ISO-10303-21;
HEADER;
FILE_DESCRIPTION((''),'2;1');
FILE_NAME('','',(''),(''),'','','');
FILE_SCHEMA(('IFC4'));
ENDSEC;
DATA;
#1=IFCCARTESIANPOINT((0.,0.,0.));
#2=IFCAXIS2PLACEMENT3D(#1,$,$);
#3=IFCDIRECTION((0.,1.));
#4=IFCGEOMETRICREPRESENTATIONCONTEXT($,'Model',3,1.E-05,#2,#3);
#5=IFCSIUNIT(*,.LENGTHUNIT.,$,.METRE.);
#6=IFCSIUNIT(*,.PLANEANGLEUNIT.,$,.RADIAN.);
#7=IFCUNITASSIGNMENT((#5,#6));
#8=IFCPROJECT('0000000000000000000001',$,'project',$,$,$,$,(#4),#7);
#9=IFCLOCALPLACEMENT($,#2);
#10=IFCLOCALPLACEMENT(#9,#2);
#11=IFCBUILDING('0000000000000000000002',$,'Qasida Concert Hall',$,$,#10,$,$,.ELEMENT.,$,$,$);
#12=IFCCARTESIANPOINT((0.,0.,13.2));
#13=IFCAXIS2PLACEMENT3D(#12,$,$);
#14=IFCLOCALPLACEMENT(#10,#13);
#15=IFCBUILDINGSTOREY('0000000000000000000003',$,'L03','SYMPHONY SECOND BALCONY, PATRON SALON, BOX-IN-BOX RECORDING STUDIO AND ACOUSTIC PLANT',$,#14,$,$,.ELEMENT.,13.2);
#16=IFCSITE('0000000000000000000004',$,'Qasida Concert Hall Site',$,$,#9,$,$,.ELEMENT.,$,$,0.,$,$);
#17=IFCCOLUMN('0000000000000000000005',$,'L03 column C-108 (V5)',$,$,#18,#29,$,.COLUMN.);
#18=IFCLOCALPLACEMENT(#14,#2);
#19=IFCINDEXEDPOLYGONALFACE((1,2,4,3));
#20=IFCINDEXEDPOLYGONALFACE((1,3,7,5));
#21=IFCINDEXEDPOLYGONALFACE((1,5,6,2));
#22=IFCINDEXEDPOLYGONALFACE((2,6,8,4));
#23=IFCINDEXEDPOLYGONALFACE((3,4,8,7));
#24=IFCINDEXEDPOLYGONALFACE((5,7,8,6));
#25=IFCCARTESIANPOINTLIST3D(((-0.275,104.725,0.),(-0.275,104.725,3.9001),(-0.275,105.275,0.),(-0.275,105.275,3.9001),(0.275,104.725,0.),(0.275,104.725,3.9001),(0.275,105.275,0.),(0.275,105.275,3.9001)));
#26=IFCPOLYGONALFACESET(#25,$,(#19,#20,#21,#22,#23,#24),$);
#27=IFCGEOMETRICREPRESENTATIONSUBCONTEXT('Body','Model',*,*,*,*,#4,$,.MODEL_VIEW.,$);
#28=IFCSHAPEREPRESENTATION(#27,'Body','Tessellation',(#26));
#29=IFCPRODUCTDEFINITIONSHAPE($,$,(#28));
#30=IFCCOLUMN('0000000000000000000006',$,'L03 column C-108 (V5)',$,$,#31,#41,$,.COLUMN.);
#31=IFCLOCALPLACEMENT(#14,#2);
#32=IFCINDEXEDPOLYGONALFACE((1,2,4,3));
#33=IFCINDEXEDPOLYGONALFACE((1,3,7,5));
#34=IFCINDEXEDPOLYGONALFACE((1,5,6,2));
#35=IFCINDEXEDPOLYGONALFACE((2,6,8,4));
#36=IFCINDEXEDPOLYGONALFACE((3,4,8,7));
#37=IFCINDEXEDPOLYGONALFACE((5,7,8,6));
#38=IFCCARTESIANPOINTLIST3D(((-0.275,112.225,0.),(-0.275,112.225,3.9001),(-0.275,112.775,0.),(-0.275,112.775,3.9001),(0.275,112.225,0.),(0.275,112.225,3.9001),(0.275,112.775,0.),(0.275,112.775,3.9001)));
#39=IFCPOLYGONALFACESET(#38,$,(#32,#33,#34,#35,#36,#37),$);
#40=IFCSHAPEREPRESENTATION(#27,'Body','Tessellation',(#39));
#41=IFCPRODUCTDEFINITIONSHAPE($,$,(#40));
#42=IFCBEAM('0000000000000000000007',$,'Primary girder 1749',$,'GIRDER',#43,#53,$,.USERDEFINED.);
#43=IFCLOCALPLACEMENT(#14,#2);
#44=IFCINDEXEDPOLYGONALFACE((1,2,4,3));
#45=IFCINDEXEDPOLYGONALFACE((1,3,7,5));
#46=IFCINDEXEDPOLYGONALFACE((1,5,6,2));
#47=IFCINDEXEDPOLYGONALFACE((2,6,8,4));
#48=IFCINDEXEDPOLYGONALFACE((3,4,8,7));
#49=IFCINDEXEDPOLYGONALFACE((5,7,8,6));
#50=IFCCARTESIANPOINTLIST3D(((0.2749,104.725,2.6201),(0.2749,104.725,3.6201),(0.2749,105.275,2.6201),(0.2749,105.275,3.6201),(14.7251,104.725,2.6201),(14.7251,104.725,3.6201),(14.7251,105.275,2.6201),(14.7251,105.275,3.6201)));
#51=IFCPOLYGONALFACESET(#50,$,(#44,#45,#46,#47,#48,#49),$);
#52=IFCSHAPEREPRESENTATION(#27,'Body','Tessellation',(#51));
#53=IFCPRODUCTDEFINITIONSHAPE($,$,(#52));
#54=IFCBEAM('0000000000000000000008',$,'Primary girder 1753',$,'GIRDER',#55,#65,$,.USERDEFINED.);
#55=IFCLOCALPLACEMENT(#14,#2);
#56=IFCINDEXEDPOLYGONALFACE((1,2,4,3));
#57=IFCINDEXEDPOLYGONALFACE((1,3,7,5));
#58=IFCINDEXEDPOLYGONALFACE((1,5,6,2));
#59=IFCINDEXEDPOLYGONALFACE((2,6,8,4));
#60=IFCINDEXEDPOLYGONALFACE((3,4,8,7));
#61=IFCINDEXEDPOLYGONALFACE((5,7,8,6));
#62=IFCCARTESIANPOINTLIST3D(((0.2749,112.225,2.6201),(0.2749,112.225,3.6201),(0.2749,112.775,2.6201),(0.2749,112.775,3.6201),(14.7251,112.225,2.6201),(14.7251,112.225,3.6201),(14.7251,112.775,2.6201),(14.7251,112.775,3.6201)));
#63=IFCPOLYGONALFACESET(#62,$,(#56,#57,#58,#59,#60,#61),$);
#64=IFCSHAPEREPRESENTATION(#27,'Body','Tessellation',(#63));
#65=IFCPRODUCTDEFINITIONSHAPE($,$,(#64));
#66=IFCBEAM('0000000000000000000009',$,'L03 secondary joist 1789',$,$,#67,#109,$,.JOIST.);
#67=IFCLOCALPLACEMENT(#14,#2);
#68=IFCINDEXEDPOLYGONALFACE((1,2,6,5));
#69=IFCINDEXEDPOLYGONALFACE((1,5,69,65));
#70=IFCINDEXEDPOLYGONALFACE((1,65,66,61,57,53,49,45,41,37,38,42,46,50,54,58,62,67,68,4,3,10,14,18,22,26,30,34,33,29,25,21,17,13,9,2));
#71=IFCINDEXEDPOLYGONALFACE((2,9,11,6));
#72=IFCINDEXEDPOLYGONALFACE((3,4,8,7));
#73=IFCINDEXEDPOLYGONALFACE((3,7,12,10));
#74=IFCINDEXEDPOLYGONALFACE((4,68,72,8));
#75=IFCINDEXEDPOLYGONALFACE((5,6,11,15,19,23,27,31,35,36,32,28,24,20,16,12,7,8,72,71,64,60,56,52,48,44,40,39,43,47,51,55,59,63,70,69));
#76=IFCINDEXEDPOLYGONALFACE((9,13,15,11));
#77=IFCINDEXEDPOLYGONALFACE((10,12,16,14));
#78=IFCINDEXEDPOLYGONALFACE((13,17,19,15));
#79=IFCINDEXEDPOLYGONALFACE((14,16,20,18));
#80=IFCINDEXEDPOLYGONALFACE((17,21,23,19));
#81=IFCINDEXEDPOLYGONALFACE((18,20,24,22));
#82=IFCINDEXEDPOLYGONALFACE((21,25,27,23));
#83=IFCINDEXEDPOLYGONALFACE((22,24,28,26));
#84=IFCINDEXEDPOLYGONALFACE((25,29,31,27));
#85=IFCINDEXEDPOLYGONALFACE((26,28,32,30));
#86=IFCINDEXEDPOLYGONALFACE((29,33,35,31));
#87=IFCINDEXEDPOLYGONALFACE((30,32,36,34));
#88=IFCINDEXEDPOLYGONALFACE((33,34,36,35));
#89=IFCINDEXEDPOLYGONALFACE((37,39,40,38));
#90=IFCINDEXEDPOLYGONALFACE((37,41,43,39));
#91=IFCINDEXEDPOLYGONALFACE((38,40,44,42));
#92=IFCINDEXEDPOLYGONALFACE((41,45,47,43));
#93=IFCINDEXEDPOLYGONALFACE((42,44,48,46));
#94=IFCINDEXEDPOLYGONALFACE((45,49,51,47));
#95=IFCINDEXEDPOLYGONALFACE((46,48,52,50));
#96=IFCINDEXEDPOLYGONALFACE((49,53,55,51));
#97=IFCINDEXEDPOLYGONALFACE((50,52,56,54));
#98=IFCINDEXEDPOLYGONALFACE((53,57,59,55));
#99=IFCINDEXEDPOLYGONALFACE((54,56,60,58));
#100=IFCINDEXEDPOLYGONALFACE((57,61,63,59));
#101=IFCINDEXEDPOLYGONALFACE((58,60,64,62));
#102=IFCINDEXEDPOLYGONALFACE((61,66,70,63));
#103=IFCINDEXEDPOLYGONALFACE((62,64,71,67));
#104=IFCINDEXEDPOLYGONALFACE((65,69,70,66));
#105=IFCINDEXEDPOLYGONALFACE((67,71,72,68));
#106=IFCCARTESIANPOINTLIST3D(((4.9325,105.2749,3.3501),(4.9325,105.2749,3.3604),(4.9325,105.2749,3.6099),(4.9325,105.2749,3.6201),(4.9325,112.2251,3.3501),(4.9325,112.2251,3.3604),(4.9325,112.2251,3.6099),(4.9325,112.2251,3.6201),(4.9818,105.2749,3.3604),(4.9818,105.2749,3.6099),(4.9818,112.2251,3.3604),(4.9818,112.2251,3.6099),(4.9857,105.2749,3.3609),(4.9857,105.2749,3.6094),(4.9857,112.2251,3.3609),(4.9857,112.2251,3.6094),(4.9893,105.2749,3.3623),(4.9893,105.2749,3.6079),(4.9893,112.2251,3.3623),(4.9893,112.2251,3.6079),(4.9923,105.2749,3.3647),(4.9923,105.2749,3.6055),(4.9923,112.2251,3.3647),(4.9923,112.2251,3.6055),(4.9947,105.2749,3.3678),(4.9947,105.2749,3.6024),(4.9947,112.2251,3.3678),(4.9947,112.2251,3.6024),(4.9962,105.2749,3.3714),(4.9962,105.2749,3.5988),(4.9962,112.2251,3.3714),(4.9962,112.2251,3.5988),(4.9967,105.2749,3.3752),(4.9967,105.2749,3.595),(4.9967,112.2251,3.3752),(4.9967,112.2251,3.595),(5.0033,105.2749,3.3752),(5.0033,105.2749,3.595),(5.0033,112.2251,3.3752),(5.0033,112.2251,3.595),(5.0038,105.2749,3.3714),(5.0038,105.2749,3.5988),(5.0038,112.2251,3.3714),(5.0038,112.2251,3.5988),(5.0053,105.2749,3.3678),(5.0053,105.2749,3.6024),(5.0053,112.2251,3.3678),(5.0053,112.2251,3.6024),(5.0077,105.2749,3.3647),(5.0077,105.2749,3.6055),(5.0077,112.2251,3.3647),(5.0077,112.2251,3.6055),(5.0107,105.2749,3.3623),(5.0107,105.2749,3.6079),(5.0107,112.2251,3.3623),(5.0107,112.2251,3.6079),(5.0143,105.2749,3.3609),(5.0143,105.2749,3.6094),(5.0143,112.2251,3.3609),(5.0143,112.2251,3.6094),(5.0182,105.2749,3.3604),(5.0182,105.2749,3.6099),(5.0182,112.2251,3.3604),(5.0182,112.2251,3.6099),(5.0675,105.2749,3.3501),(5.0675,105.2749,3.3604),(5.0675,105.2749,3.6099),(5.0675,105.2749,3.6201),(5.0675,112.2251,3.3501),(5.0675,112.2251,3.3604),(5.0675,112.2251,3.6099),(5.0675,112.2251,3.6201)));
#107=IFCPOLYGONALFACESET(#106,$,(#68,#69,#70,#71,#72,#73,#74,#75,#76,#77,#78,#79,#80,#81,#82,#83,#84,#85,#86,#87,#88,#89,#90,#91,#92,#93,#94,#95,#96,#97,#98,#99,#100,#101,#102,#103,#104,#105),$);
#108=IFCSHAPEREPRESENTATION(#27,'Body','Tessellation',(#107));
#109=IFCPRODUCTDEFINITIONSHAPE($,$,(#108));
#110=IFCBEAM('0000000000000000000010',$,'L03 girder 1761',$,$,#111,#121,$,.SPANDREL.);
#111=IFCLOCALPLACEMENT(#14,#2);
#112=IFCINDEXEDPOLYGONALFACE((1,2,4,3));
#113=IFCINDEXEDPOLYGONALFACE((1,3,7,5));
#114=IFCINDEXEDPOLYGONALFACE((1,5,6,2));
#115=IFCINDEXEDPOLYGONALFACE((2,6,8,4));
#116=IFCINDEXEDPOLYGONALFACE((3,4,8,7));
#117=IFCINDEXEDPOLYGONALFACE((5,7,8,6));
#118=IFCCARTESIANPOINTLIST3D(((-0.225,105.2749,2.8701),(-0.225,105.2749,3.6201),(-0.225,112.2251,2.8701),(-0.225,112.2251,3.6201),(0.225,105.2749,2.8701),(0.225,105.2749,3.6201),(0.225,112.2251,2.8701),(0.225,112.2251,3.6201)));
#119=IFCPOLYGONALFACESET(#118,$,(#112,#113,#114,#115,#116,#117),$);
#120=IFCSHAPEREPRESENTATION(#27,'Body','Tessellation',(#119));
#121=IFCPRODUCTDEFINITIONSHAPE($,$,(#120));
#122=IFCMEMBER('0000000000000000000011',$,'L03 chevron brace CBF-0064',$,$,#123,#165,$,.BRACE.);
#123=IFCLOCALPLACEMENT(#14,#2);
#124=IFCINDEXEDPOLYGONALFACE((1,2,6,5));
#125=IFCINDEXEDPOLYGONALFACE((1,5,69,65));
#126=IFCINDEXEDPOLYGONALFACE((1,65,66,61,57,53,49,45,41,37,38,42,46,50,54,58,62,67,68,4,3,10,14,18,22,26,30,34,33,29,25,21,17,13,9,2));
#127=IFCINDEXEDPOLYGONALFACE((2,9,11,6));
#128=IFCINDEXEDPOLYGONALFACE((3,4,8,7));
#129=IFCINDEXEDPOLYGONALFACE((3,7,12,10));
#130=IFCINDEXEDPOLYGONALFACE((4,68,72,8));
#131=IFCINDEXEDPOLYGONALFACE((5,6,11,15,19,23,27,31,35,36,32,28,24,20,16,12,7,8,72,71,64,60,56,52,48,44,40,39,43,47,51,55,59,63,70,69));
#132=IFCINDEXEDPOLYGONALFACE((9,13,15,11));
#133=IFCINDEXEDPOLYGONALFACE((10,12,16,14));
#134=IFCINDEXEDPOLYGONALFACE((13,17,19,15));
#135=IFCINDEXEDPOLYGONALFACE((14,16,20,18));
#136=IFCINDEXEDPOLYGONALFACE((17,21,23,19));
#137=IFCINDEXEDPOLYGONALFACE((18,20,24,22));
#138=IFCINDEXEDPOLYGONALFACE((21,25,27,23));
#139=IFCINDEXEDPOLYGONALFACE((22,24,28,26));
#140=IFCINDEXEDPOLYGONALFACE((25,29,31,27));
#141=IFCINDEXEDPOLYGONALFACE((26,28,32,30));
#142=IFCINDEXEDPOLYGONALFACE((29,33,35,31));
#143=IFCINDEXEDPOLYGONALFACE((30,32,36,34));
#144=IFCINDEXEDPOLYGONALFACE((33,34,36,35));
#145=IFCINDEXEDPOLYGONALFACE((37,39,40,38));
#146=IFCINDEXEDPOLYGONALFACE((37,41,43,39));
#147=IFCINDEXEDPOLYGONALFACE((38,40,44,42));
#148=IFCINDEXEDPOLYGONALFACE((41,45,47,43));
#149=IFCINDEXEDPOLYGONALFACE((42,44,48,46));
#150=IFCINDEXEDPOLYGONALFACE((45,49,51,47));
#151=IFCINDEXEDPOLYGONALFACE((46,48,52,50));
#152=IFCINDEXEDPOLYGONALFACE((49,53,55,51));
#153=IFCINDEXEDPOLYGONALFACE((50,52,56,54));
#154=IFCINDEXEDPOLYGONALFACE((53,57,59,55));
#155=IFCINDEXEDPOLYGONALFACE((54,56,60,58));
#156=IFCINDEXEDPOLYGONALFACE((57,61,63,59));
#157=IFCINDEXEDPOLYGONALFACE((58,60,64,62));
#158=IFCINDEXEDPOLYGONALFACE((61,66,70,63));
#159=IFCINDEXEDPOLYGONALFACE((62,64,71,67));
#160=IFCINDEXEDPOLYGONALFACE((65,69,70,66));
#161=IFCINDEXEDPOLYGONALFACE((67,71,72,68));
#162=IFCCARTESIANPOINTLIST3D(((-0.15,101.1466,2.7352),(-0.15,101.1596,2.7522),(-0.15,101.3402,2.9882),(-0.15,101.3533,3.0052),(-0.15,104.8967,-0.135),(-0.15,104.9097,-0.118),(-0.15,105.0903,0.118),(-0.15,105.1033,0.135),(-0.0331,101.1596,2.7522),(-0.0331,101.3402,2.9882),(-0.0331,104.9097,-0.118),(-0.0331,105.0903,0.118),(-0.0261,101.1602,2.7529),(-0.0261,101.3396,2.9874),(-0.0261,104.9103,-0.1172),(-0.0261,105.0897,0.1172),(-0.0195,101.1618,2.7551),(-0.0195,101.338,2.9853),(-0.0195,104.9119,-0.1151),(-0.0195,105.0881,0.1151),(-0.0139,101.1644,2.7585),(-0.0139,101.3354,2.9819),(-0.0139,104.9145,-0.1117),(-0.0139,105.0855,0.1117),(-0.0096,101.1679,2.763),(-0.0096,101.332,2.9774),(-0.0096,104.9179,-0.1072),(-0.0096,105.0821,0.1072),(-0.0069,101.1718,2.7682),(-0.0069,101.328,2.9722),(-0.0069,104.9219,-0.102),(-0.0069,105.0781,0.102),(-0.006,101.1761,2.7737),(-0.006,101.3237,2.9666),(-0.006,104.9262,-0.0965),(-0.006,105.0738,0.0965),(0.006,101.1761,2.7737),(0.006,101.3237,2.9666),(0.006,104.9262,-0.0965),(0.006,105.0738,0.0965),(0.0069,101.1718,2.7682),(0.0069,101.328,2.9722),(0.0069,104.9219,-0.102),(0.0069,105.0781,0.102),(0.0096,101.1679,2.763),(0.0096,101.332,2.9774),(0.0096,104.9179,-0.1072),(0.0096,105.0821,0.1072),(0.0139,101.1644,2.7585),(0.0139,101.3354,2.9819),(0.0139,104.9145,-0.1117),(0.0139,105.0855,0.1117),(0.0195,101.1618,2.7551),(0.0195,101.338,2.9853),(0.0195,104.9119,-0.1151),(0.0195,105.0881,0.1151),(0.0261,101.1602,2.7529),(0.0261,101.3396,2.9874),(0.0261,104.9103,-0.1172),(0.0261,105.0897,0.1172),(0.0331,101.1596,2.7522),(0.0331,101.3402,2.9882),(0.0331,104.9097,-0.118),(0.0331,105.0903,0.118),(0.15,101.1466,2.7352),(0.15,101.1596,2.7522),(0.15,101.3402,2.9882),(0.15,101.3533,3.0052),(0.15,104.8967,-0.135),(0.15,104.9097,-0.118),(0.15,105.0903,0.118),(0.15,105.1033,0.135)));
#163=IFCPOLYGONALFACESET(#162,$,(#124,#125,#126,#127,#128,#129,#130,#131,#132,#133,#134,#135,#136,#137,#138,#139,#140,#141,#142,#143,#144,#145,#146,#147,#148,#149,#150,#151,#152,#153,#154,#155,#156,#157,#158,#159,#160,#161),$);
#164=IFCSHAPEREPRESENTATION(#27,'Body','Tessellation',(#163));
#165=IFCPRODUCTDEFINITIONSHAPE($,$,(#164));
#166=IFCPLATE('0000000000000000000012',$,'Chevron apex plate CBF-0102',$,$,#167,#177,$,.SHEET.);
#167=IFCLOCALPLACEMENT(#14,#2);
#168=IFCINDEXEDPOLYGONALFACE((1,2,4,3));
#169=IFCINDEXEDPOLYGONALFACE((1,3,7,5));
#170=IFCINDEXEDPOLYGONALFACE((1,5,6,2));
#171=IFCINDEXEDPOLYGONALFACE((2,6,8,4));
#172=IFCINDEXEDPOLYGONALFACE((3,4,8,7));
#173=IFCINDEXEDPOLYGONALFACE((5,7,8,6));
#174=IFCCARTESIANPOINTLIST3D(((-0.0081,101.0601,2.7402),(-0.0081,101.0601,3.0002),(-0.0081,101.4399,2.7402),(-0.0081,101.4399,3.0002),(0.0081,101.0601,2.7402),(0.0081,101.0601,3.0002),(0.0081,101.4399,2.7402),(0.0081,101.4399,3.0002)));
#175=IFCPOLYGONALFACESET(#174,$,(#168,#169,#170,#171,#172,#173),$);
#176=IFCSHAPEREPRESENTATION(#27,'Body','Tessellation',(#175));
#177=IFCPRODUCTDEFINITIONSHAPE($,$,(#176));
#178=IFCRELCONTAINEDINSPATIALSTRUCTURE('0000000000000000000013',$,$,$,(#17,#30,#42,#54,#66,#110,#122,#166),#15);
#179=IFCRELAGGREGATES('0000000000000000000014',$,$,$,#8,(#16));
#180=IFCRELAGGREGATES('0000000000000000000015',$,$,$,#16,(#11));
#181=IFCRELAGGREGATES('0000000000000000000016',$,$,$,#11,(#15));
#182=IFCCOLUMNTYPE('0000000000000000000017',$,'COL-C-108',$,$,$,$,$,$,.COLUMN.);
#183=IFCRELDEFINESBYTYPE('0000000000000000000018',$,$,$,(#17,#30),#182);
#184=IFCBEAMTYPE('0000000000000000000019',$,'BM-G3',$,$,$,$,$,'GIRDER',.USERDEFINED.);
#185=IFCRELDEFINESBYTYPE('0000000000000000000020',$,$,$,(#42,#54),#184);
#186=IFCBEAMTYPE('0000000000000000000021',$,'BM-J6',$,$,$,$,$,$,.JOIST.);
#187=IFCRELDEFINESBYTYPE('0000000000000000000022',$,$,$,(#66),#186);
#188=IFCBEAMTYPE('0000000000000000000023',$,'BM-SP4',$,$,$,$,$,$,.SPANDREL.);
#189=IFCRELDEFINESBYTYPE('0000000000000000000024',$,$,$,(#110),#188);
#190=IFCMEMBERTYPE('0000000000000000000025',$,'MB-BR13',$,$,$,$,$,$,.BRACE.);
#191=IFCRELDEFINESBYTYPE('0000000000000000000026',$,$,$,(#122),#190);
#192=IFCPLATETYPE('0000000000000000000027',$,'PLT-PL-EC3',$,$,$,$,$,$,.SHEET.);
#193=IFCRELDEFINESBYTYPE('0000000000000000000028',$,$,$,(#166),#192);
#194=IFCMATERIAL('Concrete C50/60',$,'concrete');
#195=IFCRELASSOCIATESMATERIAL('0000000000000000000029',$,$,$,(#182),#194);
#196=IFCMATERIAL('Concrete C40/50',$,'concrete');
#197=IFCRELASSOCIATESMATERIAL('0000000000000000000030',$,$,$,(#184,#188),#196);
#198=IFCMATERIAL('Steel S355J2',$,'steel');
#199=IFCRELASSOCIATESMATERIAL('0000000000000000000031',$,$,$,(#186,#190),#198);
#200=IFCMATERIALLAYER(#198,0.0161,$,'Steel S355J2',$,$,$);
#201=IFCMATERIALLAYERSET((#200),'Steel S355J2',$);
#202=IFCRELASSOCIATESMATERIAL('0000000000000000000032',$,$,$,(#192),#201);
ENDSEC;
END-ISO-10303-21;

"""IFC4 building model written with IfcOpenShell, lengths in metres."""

from ifc_helpers import new_model, si_unit, direction, frame, origin, origin_2d, place, context, subcontext, project, spatial, rectangle, i_section, extrude, material, layer, layer_set, material_profile, profile_set, type_object, element, save


model = new_model("IFC4")

# Units and contexts
model_context = context("Model", 3, precision=1e-05, world=origin(), true_north=direction((0.0, 1.0)))
body_context = subcontext(model_context, "Body", "Model", "MODEL_VIEW")
ifc_project = project(units=[si_unit("LENGTHUNIT", "METRE"), si_unit("PLANEANGLEUNIT", "RADIAN")], contexts=[model_context])

# Site, building, storey
site_placement = place(None, origin())
site = spatial("IfcSite", under=ifc_project, at=site_placement, Name="Qasida Concert Hall Site", CompositionType="ELEMENT", RefElevation=0.0)
building_placement = place(site_placement, origin())
building = spatial("IfcBuilding", under=site, at=building_placement, Name="Qasida Concert Hall", CompositionType="ELEMENT")
storey_placement = place(building_placement, frame((0.0, 0.0, 13.2)))
storey = spatial("IfcBuildingStorey", under=building, at=storey_placement, Name="L03", Description="SYMPHONY SECOND BALCONY, PATRON SALON, BOX-IN-BOX RECORDING STUDIO AND ACOUSTIC PLANT", CompositionType="ELEMENT", Elevation=13.2)

# Columns
ifc_material_1 = material(Name="Concrete C50/60", Category="concrete")
ifc_material_profile_1 = material_profile(ifc_material_1, rectangle(XDim=0.55, YDim=0.55, at=origin_2d()), Name="RC 550x550")
ifc_profile_set_1 = profile_set([ifc_material_profile_1], Name="Concrete C50/60")
column_type = type_object("IfcColumnType", Name="COL-C-108", PredefinedType="COLUMN", material=ifc_profile_set_1)
for number, where, z_axis, x_axis, name in (
    (1, (0.0, 105.0, 0.0), (0.0, 0.0, 1.0), (1.0, 0.0, 0.0), "L03 column C-108 (V5)"),
    (2, (0.0, 112.5, 0.0), (0.0, 0.0, 1.0), (1.0, 0.0, 0.0), "L03 column C-108 (V5)"),
):
    element("IfcColumn", number, at=place(storey_placement, frame(where, z_axis=z_axis, x_axis=x_axis)), inside=storey, type_object=column_type, Name=name, PredefinedType="COLUMN", context=body_context, shape_type="SweptSolid", body=[
        extrude(rectangle(XDim=0.55, YDim=0.55, at=origin_2d()), origin(), (0.0, 0.0, 1.0), 3.9001),
    ])

# Beams
ifc_material_2 = material(Name="Concrete C40/50", Category="concrete")
ifc_material_profile_2 = material_profile(ifc_material_2, rectangle(XDim=0.55, YDim=1.0, at=origin_2d()), Name="RC 550x1000")
ifc_profile_set_2 = profile_set([ifc_material_profile_2], Name="Concrete C40/50")
beam_type_1 = type_object("IfcBeamType", Name="BM-G3", ElementType="GIRDER", PredefinedType="USERDEFINED", material=ifc_profile_set_2)
for number, where, z_axis, x_axis, name in (
    (3, (0.2749, 105.0, 3.1201), (1.0, 0.0, 0.0), (0.0, 1.0, 0.0), "Primary girder 1749"),
    (4, (0.2749, 112.5, 3.1201), (1.0, 0.0, 0.0), (0.0, 1.0, 0.0), "Primary girder 1753"),
):
    element("IfcBeam", number, at=place(storey_placement, frame(where, z_axis=z_axis, x_axis=x_axis)), inside=storey, type_object=beam_type_1, Name=name, ObjectType="GIRDER", PredefinedType="USERDEFINED", context=body_context, shape_type="SweptSolid", body=[
        extrude(rectangle(XDim=0.55, YDim=1.0, at=origin_2d()), origin(), (0.0, 0.0, 1.0), 14.4502),
    ])
ifc_material_3 = material(Name="Steel S355J2", Category="steel")
ifc_material_profile_3 = material_profile(ifc_material_3, i_section(OverallWidth=0.135, OverallDepth=0.27, WebThickness=0.0066, FlangeThickness=0.0103, FilletRadius=0.0149, at=origin_2d()), Name="IPE 270")
ifc_profile_set_3 = profile_set([ifc_material_profile_3], Name="Steel S355J2")
beam_type_2 = type_object("IfcBeamType", Name="BM-J6", PredefinedType="JOIST", material=ifc_profile_set_3)
beam_1_placement = place(storey_placement, frame((5.0, 105.2749, 3.4851), z_axis=(0.0, 1.0, 0.0), x_axis=(-1.0, 0.0, 0.0)))
element("IfcBeam", 5, at=beam_1_placement, inside=storey, type_object=beam_type_2, Name="L03 secondary joist 1789", PredefinedType="JOIST", context=body_context, shape_type="SweptSolid", body=[
    extrude(i_section(OverallWidth=0.135, OverallDepth=0.27, WebThickness=0.0066, FlangeThickness=0.0103, FilletRadius=0.0149, at=origin_2d()), origin(), (0.0, 0.0, 1.0), 6.9502),
])
ifc_material_profile_4 = material_profile(ifc_material_2, rectangle(XDim=0.45, YDim=0.75, at=origin_2d()), Name="RC 450x750")
ifc_profile_set_4 = profile_set([ifc_material_profile_4], Name="Concrete C40/50")
beam_type_3 = type_object("IfcBeamType", Name="BM-SP4", PredefinedType="SPANDREL", material=ifc_profile_set_4)
beam_2_placement = place(storey_placement, frame((0.0, 105.2749, 3.2451), z_axis=(0.0, 1.0, 0.0), x_axis=(-1.0, 0.0, 0.0)))
element("IfcBeam", 6, at=beam_2_placement, inside=storey, type_object=beam_type_3, Name="L03 girder 1761", PredefinedType="SPANDREL", context=body_context, shape_type="SweptSolid", body=[
    extrude(rectangle(XDim=0.45, YDim=0.75, at=origin_2d()), origin(), (0.0, 0.0, 1.0), 6.9502),
])

# Member
ifc_material_profile_5 = material_profile(ifc_material_3, i_section(OverallWidth=0.3, OverallDepth=0.3401, WebThickness=0.012, FlangeThickness=0.0215, FilletRadius=0.0271, at=origin_2d()), Name="HEB 340")
ifc_profile_set_5 = profile_set([ifc_material_profile_5], Name="Steel S355J2")
member_type = type_object("IfcMemberType", Name="MB-BR13", PredefinedType="BRACE", material=ifc_profile_set_5)
member_placement = place(storey_placement, frame((0.0, 105.0, 0.0), z_axis=(0.0, -0.794105, 0.60778), x_axis=(1.0, 0.0, 0.0)))
element("IfcMember", 7, at=member_placement, inside=storey, type_object=member_type, Name="L03 chevron brace CBF-0064", PredefinedType="BRACE", context=body_context, shape_type="SweptSolid", body=[
    extrude(i_section(OverallWidth=0.3, OverallDepth=0.3401, WebThickness=0.012, FlangeThickness=0.0215, FilletRadius=0.0271, at=origin_2d()), origin(), (0.0, 0.0, 1.0), 4.7224),
])

# Plate
ifc_layer_1 = layer(ifc_material_3, 0.0161, Name="Steel S355J2")
ifc_layer_set_1 = layer_set([ifc_layer_1], Name="Steel S355J2")
plate_type = type_object("IfcPlateType", Name="PLT-PL-EC3", PredefinedType="SHEET", material=ifc_layer_set_1)
plate_placement = place(storey_placement, frame((0.0, 101.25, 2.7402), z_axis=(0.0, 0.0, 1.0), x_axis=(0.0, 1.0, 0.0)))
element("IfcPlate", 8, at=plate_placement, inside=storey, type_object=plate_type, Name="Chevron apex plate CBF-0102", PredefinedType="SHEET", context=body_context, shape_type="SweptSolid", body=[
    extrude(rectangle(XDim=0.3799, YDim=0.0161, at=origin_2d()), origin(), (0.0, 0.0, 1.0), 0.26),
])

save(model, "model.ifc")
